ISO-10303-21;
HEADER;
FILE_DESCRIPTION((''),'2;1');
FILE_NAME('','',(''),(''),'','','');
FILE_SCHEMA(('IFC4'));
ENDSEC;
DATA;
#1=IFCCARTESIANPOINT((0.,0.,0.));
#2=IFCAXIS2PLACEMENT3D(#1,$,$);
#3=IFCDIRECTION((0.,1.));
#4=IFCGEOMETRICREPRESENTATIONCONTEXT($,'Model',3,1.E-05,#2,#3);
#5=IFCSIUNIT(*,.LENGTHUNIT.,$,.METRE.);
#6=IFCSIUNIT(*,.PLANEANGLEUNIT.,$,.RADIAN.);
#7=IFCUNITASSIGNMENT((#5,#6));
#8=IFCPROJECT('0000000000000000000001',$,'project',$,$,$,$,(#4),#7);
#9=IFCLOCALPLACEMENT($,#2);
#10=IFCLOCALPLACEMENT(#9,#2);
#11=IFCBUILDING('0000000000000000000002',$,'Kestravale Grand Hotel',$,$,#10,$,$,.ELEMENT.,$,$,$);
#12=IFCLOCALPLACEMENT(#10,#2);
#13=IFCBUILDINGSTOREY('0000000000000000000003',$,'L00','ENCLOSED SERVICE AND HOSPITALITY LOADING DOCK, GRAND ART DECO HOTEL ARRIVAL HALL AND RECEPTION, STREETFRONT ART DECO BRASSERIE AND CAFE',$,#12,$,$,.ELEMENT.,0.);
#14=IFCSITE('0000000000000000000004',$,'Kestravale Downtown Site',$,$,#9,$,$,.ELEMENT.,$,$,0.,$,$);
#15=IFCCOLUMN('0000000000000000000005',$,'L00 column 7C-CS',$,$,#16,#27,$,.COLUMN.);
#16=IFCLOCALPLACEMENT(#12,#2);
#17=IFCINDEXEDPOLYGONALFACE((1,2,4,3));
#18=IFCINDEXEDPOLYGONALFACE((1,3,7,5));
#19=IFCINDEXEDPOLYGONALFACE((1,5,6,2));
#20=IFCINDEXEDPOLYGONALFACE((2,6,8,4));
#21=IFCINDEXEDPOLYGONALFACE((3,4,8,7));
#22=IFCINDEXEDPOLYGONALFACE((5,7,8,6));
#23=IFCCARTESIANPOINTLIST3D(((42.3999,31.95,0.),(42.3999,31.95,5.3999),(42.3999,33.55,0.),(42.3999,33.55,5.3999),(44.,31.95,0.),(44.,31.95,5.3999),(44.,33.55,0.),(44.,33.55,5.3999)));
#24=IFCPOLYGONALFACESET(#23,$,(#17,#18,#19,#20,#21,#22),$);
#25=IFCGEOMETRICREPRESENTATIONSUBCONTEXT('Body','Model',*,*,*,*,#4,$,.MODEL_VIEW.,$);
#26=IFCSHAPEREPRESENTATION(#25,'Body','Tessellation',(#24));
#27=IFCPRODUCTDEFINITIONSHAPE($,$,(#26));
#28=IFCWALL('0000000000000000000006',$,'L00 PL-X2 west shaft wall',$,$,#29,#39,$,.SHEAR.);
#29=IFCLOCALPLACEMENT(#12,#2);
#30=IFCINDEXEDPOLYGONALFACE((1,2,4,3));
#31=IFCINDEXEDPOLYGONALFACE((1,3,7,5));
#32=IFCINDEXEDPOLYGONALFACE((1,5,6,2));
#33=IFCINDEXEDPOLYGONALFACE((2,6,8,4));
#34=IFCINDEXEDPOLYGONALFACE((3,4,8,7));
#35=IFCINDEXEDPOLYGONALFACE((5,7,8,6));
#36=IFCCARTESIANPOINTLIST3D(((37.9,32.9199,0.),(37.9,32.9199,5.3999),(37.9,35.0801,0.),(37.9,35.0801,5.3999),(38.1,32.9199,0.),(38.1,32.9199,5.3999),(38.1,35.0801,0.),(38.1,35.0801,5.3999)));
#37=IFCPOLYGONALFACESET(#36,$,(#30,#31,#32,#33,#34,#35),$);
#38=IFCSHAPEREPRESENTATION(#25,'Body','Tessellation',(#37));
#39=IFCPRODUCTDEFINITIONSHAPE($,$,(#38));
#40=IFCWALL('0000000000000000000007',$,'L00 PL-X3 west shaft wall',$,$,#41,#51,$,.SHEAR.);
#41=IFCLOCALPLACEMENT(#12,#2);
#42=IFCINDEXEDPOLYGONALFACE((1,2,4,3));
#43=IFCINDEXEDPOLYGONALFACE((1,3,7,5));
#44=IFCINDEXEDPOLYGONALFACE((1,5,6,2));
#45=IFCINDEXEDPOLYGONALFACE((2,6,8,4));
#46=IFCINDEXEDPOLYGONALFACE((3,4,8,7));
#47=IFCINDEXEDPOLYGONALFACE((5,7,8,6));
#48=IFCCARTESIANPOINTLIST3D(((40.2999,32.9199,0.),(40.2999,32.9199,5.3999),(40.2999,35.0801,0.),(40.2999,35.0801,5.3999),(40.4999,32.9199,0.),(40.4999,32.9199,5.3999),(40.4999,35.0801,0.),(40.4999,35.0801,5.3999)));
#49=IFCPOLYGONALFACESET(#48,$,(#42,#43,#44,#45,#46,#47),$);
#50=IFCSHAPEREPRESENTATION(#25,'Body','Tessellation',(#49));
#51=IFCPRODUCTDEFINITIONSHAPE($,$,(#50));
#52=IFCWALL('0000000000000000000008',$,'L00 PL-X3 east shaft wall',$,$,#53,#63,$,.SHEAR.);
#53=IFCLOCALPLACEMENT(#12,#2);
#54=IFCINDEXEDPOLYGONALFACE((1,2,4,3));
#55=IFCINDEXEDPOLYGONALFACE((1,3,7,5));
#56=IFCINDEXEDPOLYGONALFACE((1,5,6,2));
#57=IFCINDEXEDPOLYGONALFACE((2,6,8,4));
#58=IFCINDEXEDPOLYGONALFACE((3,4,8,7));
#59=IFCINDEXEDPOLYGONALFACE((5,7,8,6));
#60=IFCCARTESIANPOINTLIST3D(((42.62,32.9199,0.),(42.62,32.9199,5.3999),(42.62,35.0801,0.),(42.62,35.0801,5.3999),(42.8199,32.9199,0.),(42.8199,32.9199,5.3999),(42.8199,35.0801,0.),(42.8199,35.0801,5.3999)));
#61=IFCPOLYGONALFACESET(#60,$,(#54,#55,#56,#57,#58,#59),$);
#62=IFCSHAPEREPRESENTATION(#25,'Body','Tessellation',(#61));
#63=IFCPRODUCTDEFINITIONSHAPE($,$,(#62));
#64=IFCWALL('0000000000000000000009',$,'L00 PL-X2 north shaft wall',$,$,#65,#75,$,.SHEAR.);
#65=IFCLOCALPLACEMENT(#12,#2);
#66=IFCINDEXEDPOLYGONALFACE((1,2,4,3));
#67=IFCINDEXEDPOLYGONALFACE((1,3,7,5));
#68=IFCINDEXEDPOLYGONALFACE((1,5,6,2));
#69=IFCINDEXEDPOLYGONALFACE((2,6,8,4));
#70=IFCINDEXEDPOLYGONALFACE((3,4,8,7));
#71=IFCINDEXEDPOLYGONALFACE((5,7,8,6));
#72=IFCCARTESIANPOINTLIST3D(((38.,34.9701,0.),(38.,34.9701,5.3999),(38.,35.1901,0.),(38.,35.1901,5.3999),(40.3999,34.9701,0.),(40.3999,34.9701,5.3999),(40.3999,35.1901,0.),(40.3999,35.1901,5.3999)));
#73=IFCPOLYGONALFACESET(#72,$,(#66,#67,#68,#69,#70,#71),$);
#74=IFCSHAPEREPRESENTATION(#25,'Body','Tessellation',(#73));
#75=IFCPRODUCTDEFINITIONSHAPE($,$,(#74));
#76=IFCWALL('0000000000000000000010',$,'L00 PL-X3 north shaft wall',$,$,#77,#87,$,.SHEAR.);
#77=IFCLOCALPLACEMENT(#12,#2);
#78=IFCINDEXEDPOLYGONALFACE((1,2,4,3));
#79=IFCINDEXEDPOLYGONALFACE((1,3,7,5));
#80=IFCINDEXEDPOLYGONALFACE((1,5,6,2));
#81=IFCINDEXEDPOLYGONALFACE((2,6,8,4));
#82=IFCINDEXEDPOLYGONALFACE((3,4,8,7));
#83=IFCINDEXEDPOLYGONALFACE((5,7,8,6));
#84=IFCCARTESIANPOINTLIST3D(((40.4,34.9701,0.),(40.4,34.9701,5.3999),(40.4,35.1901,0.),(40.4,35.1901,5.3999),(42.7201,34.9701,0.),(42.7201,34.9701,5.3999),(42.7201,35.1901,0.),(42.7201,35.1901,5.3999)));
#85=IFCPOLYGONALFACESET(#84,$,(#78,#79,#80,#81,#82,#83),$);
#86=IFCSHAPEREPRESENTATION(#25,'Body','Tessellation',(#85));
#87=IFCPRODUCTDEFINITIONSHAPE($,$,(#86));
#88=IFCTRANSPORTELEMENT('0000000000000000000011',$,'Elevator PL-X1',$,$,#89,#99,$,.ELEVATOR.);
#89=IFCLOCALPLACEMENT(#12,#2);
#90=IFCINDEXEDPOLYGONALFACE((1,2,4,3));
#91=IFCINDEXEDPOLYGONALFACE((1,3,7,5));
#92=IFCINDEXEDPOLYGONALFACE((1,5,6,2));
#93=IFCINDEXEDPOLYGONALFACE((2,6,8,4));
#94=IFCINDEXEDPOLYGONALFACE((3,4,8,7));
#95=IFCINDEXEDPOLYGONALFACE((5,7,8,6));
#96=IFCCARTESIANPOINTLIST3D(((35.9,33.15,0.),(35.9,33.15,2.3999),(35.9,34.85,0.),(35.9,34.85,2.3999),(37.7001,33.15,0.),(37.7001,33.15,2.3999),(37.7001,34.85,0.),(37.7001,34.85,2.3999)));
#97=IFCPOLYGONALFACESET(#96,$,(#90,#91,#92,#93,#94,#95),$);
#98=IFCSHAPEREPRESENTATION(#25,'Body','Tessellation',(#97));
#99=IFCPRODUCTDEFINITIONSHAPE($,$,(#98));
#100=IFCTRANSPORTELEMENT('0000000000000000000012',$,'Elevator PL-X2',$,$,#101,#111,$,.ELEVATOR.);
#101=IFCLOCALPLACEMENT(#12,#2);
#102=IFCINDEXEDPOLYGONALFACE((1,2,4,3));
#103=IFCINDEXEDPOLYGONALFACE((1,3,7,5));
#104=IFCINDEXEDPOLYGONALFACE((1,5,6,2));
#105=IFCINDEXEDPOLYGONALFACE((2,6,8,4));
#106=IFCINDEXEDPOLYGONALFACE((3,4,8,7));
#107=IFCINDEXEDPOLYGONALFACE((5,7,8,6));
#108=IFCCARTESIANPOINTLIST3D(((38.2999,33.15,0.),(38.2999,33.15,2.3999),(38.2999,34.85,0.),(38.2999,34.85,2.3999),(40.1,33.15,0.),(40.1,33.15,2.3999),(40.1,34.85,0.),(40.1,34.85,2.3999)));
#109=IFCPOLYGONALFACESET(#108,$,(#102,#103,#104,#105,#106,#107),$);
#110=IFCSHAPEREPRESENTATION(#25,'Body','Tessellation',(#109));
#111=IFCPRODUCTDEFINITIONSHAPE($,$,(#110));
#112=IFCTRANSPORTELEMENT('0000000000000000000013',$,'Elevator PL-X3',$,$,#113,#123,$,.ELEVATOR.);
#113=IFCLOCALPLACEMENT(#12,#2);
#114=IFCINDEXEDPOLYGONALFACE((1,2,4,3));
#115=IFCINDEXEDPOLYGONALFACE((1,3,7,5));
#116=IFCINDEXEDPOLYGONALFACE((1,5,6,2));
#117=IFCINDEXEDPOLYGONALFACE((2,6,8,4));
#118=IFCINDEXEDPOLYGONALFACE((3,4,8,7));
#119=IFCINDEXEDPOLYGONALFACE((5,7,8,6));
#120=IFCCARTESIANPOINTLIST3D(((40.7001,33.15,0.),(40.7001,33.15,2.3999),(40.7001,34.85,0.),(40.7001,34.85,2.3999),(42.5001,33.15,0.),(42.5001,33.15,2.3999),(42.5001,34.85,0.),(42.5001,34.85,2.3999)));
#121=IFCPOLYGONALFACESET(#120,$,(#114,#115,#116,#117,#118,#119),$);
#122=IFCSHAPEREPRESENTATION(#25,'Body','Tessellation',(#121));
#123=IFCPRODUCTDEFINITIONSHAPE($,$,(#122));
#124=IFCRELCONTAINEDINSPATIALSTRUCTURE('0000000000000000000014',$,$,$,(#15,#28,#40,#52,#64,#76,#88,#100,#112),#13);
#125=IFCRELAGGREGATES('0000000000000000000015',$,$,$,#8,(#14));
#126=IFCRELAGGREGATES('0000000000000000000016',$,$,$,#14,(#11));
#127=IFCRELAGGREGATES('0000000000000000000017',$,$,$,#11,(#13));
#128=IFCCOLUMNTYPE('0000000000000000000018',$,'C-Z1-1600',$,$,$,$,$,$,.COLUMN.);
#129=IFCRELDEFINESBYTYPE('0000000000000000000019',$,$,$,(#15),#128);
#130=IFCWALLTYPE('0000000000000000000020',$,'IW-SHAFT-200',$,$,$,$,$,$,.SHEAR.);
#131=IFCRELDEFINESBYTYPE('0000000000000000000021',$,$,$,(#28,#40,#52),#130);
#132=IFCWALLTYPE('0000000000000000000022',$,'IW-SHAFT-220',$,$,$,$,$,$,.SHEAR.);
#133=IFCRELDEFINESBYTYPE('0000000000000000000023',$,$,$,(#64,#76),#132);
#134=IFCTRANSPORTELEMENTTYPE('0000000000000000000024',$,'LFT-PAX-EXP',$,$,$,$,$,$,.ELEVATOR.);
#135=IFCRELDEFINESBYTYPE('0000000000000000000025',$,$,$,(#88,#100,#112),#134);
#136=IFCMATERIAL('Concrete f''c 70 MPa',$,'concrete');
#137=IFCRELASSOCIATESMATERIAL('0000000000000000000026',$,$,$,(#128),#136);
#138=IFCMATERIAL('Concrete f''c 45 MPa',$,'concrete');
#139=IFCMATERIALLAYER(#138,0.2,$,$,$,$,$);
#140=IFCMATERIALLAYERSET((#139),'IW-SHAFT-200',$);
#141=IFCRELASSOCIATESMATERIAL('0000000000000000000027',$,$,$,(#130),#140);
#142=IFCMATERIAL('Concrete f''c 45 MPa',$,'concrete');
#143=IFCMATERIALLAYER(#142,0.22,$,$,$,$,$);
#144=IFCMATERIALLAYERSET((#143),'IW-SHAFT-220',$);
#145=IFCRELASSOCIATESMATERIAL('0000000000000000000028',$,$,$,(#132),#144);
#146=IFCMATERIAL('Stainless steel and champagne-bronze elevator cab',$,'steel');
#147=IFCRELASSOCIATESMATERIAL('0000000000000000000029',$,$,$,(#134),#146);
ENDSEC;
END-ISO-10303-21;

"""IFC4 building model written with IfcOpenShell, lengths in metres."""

from ifc_helpers import new_model, si_unit, direction, frame, frame_2d, origin, origin_2d, place, context, subcontext, project, spatial, rectangle, extrude, material, layer, layer_set, material_profile, profile_set, type_object, element, save


model = new_model("IFC4")

# Units and contexts
model_context = context("Model", 3, precision=1e-05, world=origin(), true_north=direction((0.0, 1.0)))
body_context = subcontext(model_context, "Body", "Model", "MODEL_VIEW")
ifc_project = project(units=[si_unit("LENGTHUNIT", "METRE"), si_unit("PLANEANGLEUNIT", "RADIAN")], contexts=[model_context])

# Site, building, storey
site_placement = place(None, origin())
site = spatial("IfcSite", under=ifc_project, at=site_placement, Name="Kestravale Downtown Site", CompositionType="ELEMENT", RefElevation=0.0)
building_placement = place(site_placement, origin())
building = spatial("IfcBuilding", under=site, at=building_placement, Name="Kestravale Grand Hotel", CompositionType="ELEMENT")
storey_placement = place(building_placement, origin())
storey = spatial("IfcBuildingStorey", under=building, at=storey_placement, Name="L00", Description="ENCLOSED SERVICE AND HOSPITALITY LOADING DOCK, GRAND ART DECO HOTEL ARRIVAL HALL AND RECEPTION, STREETFRONT ART DECO BRASSERIE AND CAFE", CompositionType="ELEMENT", Elevation=0.0)

# Column
ifc_material_1 = material(Name="Concrete f'c 70 MPa", Category="concrete")
ifc_material_profile = material_profile(ifc_material_1, rectangle(XDim=1.6001, YDim=1.6001, at=origin_2d()))
ifc_profile_set = profile_set([ifc_material_profile], Name="Concrete f'c 70 MPa")
column_type = type_object("IfcColumnType", Name="C-Z1-1600", PredefinedType="COLUMN", material=ifc_profile_set)
column_placement = place(storey_placement, frame((43.2, 32.75, 0.0), z_axis=(0.0, 0.0, 1.0), x_axis=(1.0, 0.0, 0.0)))
element("IfcColumn", 1, at=column_placement, inside=storey, type_object=column_type, Name="L00 column 7C-CS", PredefinedType="COLUMN", context=body_context, shape_type="SweptSolid", body=[
    extrude(rectangle(XDim=1.6001, YDim=1.6001, at=origin_2d()), origin(), (0.0, 0.0, 1.0), 5.3999),
])

# Walls
ifc_material_2 = material(Name="Concrete f'c 45 MPa", Category="concrete")
ifc_layer_1 = layer(ifc_material_2, 0.2)
ifc_layer_set_1 = layer_set([ifc_layer_1], Name="IW-SHAFT-200")
wall_type_1 = type_object("IfcWallType", Name="IW-SHAFT-200", PredefinedType="SHEAR", material=ifc_layer_set_1)
for number, where, z_axis, x_axis, name in (
    (2, (38.0, 32.9199, 0.0), (0.0, 0.0, 1.0), (0.0, 1.0, 0.0), "L00 PL-X2 west shaft wall"),
    (3, (40.3999, 32.9199, 0.0), (0.0, 0.0, 1.0), (0.0, 1.0, 0.0), "L00 PL-X3 west shaft wall"),
    (4, (42.72, 32.9199, 0.0), (0.0, 0.0, 1.0), (0.0, 1.0, 0.0), "L00 PL-X3 east shaft wall"),
):
    element("IfcWall", number, at=place(storey_placement, frame(where, z_axis=z_axis, x_axis=x_axis)), inside=storey, type_object=wall_type_1, Name=name, PredefinedType="SHEAR", context=body_context, shape_type="SweptSolid", body=[
        extrude(rectangle(XDim=2.1602, YDim=0.2, at=frame_2d((1.0801, 0.0))), origin(), (0.0, 0.0, 1.0), 5.3999),
    ])

# Shared definitions
ifc_material_3 = material(Name="Concrete f'c 45 MPa", Category="concrete")
ifc_layer_2 = layer(ifc_material_3, 0.22)
ifc_layer_set_2 = layer_set([ifc_layer_2], Name="IW-SHAFT-220")
wall_type_2 = type_object("IfcWallType", Name="IW-SHAFT-220", PredefinedType="SHEAR", material=ifc_layer_set_2)

# Wall
wall_1_placement = place(storey_placement, frame((38.0, 35.0801, 0.0), z_axis=(0.0, 0.0, 1.0), x_axis=(1.0, 0.0, 0.0)))
element("IfcWall", 5, at=wall_1_placement, inside=storey, type_object=wall_type_2, Name="L00 PL-X2 north shaft wall", PredefinedType="SHEAR", context=body_context, shape_type="SweptSolid", body=[
    extrude(rectangle(XDim=2.3999, YDim=0.22, at=frame_2d((1.2, 0.0))), origin(), (0.0, 0.0, 1.0), 5.3999),
])

# Wall
wall_2_placement = place(storey_placement, frame((40.3999, 35.0801, 0.0), z_axis=(0.0, 0.0, 1.0), x_axis=(1.0, 0.0, 0.0)))
element("IfcWall", 6, at=wall_2_placement, inside=storey, type_object=wall_type_2, Name="L00 PL-X3 north shaft wall", PredefinedType="SHEAR", context=body_context, shape_type="SweptSolid", body=[
    extrude(rectangle(XDim=2.3201, YDim=0.22, at=frame_2d((1.1602, 0.0))), origin(), (0.0, 0.0, 1.0), 5.3999),
])

# Transport elements
ifc_material_4 = material(Name="Stainless steel and champagne-bronze elevator cab", Category="steel")
transport_element_type = type_object("IfcTransportElementType", Name="LFT-PAX-EXP", PredefinedType="ELEVATOR", material=ifc_material_4)
for number, where, z_axis, x_axis, name in (
    (7, (36.8, 34.0, 0.0), (0.0, 0.0, 1.0), (1.0, 0.0, 0.0), "Elevator PL-X1"),
    (8, (39.2, 34.0, 0.0), (0.0, 0.0, 1.0), (1.0, 0.0, 0.0), "Elevator PL-X2"),
    (9, (41.6001, 34.0, 0.0), (0.0, 0.0, 1.0), (1.0, 0.0, 0.0), "Elevator PL-X3"),
):
    element("IfcTransportElement", number, at=place(storey_placement, frame(where, z_axis=z_axis, x_axis=x_axis)), inside=storey, type_object=transport_element_type, Name=name, PredefinedType="ELEVATOR", context=body_context, shape_type="SweptSolid", body=[
        extrude(rectangle(XDim=1.8, YDim=1.7, at=origin_2d()), origin(), (0.0, 0.0, 1.0), 2.3999),
    ])

save(model, "model.ifc")
